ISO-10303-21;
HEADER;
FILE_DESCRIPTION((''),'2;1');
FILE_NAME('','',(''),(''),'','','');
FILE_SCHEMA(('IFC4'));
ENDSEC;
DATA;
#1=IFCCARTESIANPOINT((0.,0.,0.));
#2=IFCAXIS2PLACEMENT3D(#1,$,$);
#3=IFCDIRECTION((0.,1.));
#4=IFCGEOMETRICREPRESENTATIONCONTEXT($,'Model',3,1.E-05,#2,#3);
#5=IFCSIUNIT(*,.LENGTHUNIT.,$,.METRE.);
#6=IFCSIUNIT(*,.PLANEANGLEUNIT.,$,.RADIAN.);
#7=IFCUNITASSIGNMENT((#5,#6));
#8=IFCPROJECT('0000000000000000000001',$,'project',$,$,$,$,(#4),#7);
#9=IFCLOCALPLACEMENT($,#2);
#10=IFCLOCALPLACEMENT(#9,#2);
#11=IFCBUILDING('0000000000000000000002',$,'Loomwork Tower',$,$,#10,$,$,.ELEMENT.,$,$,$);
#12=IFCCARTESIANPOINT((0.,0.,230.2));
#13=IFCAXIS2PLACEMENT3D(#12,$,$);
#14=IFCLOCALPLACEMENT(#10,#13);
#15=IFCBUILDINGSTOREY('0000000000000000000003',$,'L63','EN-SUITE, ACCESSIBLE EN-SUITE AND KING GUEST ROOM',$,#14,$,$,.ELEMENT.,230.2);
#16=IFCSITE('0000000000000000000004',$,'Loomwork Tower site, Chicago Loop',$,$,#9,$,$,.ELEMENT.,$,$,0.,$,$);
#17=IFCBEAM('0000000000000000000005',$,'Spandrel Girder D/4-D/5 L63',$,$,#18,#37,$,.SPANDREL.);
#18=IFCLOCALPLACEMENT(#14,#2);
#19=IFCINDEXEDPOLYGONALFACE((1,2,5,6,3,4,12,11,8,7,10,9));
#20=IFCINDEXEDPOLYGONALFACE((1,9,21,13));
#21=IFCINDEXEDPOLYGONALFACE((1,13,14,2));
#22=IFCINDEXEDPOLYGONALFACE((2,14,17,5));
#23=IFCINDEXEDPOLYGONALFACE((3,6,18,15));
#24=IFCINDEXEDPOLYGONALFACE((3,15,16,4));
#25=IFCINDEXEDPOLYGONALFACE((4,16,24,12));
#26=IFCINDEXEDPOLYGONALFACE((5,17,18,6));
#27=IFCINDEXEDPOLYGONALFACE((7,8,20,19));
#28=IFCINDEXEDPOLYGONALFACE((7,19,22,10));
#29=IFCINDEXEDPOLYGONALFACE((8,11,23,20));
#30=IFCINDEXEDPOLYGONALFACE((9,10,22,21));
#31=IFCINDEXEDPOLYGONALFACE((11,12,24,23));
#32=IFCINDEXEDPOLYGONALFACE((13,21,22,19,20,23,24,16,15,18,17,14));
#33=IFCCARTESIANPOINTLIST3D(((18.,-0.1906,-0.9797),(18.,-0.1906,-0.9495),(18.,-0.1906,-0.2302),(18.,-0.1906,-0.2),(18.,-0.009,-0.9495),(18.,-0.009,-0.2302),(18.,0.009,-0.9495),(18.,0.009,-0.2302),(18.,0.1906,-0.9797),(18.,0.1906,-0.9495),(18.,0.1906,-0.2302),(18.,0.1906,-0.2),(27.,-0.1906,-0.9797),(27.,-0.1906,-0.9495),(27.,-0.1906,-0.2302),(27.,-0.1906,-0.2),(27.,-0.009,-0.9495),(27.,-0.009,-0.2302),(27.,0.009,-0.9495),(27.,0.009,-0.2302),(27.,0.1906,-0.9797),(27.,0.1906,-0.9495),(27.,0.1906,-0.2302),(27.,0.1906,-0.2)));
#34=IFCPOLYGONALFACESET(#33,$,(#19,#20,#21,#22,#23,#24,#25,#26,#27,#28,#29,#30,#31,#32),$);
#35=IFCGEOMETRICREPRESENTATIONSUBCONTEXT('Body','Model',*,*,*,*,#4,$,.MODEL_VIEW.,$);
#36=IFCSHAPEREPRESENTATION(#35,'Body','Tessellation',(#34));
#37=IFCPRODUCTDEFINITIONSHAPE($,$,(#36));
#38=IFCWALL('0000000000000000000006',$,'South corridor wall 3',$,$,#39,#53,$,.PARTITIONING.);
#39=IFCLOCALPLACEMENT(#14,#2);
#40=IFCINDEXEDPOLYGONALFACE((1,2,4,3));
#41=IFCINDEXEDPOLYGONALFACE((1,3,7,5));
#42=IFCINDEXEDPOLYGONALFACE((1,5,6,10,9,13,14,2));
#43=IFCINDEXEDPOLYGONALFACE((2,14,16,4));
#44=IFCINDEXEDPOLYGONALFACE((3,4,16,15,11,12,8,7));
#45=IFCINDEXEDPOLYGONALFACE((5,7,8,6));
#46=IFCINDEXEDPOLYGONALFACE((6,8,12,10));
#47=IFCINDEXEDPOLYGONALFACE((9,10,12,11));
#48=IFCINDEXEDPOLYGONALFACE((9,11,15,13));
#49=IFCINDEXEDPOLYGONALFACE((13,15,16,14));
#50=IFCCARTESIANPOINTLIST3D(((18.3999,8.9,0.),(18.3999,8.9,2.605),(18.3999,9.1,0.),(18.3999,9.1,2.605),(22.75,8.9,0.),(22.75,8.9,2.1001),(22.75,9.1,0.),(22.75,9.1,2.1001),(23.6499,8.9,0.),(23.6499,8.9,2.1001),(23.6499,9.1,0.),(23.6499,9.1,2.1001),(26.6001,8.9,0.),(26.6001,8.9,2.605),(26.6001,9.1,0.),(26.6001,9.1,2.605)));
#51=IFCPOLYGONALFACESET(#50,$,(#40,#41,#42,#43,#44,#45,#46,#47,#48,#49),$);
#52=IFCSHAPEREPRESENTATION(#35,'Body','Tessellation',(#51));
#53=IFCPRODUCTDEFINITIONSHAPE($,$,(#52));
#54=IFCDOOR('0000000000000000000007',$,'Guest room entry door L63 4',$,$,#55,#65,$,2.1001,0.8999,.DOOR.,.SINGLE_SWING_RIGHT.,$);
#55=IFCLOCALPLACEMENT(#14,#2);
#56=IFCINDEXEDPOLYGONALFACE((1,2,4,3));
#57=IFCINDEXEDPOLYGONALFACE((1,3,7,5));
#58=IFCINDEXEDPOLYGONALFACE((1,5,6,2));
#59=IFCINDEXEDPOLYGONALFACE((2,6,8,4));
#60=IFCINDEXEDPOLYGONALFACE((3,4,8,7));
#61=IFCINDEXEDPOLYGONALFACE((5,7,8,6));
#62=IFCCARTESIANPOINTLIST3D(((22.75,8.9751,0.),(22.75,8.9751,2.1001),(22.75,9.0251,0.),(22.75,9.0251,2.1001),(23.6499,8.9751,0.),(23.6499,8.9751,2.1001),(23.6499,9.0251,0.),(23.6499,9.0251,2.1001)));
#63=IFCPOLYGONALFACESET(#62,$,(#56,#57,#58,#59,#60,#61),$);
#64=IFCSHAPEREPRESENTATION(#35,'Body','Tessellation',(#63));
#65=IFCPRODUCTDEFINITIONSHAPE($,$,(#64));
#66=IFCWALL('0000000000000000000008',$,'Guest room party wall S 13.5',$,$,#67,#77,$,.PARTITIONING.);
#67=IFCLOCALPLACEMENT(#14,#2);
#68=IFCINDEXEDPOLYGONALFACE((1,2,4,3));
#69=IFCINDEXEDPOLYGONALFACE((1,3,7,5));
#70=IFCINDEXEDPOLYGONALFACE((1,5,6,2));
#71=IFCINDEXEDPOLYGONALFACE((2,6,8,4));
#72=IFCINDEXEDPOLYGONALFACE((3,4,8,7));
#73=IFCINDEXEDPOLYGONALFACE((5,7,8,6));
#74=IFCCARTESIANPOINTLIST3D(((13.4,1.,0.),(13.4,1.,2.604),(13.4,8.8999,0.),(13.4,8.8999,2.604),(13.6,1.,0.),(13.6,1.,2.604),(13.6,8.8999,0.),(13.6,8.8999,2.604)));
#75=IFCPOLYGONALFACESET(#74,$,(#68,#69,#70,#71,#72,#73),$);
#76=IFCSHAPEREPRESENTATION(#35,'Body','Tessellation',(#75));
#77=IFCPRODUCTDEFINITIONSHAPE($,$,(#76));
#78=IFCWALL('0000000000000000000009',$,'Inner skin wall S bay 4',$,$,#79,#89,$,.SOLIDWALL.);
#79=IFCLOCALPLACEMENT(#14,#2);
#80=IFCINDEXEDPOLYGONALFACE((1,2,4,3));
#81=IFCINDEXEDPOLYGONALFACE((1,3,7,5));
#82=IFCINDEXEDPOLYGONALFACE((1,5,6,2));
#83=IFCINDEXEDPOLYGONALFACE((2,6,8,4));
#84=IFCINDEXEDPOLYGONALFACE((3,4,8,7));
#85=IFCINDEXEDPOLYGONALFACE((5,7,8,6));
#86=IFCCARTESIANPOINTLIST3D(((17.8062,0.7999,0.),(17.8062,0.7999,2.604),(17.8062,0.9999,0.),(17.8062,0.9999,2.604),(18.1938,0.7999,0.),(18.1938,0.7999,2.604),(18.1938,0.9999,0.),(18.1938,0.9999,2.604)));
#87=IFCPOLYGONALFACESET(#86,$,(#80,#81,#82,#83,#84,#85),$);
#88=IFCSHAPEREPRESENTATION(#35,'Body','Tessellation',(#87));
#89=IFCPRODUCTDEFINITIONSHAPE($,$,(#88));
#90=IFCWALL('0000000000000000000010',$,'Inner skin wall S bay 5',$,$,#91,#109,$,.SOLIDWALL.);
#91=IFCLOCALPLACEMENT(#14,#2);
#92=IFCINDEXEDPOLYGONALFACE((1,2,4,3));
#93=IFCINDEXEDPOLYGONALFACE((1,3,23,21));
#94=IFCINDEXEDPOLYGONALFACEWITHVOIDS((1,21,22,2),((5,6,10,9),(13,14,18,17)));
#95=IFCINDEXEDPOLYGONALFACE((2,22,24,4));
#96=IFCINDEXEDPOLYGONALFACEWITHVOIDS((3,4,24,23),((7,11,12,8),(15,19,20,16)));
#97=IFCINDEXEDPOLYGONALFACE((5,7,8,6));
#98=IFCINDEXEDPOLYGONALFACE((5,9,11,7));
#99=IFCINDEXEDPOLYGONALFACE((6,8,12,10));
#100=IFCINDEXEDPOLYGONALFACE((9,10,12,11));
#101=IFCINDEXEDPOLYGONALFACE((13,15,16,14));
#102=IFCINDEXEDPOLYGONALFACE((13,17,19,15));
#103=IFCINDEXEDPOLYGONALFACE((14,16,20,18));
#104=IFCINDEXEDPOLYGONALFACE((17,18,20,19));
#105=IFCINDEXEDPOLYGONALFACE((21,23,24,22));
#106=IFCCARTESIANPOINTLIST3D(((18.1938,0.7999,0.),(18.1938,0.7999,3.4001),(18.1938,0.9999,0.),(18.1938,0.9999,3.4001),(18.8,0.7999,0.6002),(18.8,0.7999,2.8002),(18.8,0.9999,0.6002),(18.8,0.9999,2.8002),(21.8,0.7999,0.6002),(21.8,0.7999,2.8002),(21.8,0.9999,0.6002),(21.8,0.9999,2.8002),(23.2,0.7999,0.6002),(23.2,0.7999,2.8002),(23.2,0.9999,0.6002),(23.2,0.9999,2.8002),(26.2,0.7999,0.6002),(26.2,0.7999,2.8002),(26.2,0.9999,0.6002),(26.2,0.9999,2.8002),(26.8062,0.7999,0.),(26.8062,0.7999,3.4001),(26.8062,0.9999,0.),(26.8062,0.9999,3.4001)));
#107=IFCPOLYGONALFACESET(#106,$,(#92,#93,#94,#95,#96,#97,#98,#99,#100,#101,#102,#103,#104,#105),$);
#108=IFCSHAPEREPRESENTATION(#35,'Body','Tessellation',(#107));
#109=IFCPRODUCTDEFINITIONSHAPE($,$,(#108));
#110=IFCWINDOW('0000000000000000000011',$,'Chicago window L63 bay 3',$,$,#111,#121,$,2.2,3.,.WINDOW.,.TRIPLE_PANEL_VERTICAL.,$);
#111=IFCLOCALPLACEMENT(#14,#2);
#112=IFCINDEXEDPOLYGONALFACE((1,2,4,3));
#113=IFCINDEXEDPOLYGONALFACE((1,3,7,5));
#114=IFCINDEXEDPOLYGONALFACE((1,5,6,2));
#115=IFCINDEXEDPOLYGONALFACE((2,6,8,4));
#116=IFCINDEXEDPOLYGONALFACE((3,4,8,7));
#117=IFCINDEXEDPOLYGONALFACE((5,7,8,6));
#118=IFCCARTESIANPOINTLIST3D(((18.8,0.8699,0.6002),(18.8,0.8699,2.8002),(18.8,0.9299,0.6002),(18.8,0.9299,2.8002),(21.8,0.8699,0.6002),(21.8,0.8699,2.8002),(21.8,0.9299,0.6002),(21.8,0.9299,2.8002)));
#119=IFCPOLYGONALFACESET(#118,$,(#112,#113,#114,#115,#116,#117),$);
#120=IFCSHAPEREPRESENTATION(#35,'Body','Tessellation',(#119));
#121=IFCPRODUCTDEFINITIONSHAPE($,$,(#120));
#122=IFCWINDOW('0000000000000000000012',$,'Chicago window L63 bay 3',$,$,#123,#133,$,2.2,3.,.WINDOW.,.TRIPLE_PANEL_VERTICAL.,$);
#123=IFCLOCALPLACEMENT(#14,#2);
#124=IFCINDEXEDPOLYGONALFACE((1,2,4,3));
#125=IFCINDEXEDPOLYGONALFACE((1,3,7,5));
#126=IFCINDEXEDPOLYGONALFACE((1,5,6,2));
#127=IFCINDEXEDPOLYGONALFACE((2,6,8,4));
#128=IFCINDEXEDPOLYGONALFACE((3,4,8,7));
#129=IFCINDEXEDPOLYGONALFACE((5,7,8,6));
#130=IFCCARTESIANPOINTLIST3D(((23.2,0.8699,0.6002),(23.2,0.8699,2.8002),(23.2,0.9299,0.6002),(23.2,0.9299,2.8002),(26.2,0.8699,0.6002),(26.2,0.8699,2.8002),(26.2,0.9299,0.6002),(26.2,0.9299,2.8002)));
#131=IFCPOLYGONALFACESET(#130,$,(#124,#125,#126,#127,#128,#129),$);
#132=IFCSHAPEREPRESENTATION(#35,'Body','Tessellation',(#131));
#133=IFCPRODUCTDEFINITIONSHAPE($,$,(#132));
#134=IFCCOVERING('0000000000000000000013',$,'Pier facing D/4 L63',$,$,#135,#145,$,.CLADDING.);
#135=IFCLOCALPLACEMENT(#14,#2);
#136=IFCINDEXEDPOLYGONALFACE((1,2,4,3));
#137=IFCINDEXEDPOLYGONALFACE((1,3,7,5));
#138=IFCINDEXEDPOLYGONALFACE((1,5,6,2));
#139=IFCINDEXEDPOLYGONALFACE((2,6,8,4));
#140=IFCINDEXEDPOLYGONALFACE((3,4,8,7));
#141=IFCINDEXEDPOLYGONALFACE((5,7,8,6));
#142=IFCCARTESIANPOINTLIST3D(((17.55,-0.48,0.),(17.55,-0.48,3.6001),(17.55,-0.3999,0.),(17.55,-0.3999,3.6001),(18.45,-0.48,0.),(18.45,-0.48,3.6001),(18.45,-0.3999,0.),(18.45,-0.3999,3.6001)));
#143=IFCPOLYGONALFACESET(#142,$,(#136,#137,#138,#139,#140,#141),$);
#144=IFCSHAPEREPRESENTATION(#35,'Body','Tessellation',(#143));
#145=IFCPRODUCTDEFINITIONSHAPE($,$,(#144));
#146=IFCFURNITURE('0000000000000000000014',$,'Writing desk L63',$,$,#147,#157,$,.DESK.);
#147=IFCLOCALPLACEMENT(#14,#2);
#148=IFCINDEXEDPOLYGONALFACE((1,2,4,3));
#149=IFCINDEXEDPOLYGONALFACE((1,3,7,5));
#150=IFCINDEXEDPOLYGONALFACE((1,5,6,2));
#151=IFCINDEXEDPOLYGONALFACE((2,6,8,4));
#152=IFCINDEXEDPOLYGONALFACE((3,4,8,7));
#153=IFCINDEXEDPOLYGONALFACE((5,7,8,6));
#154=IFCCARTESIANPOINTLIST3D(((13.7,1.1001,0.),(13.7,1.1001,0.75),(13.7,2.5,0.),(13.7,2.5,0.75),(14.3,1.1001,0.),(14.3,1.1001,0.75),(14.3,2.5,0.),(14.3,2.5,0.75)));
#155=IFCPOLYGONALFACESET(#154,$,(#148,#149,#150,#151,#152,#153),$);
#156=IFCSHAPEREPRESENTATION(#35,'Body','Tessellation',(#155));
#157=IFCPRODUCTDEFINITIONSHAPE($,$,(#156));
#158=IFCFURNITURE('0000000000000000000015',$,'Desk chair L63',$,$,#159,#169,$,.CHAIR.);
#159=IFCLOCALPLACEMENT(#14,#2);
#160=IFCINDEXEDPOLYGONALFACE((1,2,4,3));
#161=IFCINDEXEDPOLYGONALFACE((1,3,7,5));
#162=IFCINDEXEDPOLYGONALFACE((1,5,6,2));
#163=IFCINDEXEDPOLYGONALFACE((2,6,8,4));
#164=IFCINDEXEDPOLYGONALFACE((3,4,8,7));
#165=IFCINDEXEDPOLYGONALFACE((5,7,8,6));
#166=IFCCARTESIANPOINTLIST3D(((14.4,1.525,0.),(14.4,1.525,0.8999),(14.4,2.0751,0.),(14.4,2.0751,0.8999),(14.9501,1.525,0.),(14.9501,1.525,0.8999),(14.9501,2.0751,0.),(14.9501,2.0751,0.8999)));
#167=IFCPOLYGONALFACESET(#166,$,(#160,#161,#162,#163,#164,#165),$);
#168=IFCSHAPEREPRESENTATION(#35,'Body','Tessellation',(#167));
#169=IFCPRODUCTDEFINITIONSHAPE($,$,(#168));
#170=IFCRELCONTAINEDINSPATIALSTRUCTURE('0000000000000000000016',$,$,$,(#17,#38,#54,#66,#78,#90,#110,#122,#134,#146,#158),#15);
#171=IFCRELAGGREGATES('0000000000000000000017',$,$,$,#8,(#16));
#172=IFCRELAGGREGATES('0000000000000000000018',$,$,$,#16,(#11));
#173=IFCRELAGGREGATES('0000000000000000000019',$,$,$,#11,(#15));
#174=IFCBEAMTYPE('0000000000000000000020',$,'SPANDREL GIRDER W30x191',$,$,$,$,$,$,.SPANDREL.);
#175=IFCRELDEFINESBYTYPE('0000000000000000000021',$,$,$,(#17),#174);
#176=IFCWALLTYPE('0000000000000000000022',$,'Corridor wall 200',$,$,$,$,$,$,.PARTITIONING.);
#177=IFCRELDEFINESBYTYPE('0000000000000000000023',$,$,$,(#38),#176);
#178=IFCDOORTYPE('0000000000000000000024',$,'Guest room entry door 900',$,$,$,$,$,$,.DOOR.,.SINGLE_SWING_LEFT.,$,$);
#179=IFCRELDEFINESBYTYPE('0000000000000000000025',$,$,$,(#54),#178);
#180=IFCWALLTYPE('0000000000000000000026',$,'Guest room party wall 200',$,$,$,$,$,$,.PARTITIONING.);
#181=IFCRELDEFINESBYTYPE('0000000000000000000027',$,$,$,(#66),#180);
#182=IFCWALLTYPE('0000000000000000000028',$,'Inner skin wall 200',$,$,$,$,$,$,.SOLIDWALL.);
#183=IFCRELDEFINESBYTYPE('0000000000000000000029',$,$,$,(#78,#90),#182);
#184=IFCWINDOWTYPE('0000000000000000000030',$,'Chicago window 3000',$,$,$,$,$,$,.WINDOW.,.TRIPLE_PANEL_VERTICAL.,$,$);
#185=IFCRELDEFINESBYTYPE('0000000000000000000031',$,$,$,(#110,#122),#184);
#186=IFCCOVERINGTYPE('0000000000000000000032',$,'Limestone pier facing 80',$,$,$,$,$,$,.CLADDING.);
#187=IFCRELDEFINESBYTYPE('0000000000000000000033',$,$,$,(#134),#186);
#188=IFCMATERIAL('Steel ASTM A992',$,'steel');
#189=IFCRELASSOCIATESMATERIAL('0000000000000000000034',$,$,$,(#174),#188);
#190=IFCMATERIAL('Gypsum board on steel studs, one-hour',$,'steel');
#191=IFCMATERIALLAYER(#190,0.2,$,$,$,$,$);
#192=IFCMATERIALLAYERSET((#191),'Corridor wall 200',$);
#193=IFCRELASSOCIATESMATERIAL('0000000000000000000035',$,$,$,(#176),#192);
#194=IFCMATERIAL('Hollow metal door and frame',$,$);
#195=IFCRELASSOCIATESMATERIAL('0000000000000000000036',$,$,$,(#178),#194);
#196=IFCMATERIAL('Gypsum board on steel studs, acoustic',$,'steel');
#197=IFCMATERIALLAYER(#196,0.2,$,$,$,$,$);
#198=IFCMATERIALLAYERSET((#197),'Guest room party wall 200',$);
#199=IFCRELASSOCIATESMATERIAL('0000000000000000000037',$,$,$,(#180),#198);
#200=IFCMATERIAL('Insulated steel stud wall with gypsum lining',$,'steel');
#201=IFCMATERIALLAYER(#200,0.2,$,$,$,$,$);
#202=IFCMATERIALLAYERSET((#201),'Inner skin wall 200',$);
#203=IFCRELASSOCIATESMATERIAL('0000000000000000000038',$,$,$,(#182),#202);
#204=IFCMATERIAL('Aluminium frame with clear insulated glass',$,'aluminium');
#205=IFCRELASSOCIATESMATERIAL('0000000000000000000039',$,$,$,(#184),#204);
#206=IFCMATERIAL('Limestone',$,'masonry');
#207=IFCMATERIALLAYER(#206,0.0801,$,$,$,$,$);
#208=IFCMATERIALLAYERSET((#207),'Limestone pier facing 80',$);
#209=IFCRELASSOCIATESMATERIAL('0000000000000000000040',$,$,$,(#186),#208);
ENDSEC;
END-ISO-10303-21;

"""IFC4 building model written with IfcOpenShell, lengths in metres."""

from ifc_helpers import new_model, si_unit, direction, frame, frame_2d, origin, origin_2d, place, context, subcontext, project, spatial, rectangle, i_section, extrude, material, layer, layer_set, material_profile, profile_set, type_object, element, fill, save


model = new_model("IFC4")

# Units and contexts
model_context = context("Model", 3, precision=1e-05, world=origin(), true_north=direction((0.0, 1.0)))
body_context = subcontext(model_context, "Body", "Model", "MODEL_VIEW")
ifc_project = project(units=[si_unit("LENGTHUNIT", "METRE"), si_unit("PLANEANGLEUNIT", "RADIAN")], contexts=[model_context])

# Site, building, storey
site_placement = place(None, origin())
site = spatial("IfcSite", under=ifc_project, at=site_placement, Name="Loomwork Tower site, Chicago Loop", CompositionType="ELEMENT", RefElevation=0.0)
building_placement = place(site_placement, origin())
building = spatial("IfcBuilding", under=site, at=building_placement, Name="Loomwork Tower", CompositionType="ELEMENT")
storey_placement = place(building_placement, frame((0.0, 0.0, 230.2)))
storey = spatial("IfcBuildingStorey", under=building, at=storey_placement, Name="L63", Description="EN-SUITE, ACCESSIBLE EN-SUITE AND KING GUEST ROOM", CompositionType="ELEMENT", Elevation=230.2)

# Beam
ifc_material_1 = material(Name="Steel ASTM A992", Category="steel")
ifc_material_profile_1 = material_profile(ifc_material_1, i_section(OverallWidth=0.3811, OverallDepth=0.7798, WebThickness=0.0181, FlangeThickness=0.0303, at=origin_2d()), Name="W30x191")
ifc_profile_set_1 = profile_set([ifc_material_profile_1], Name="Steel ASTM A992")
beam_type_1 = type_object("IfcBeamType", Name="SPANDREL GIRDER W30x191", PredefinedType="SPANDREL", material=ifc_profile_set_1)
beam_1_placement = place(storey_placement, frame((18.0, 0.0, -0.5898), z_axis=(1.0, 0.0, 0.0), x_axis=(0.0, 1.0, 0.0)))
element("IfcBeam", 1, at=beam_1_placement, inside=storey, type_object=beam_type_1, Name="Spandrel Girder D/4-D/5 L63", PredefinedType="SPANDREL", context=body_context, shape_type="SweptSolid", body=[
    extrude(i_section(OverallWidth=0.3811, OverallDepth=0.7798, WebThickness=0.0181, FlangeThickness=0.0303, at=origin_2d()), origin(), (0.0, 0.0, 1.0), 9.0),
])

# Wall, opening, door
ifc_material_2 = material(Name="Gypsum board on steel studs, one-hour", Category="steel")
ifc_layer_1 = layer(ifc_material_2, 0.2)
ifc_layer_set_1 = layer_set([ifc_layer_1], Name="Corridor wall 200")
wall_type_1 = type_object("IfcWallType", Name="Corridor wall 200", PredefinedType="PARTITIONING", material=ifc_layer_set_1)
wall_1_placement = place(storey_placement, frame((18.3999, 9.0, 0.0), z_axis=(0.0, 0.0, 1.0), x_axis=(1.0, 0.0, 0.0)))
wall_1 = element("IfcWall", 2, at=wall_1_placement, inside=storey, type_object=wall_type_1, Name="South corridor wall 3", PredefinedType="PARTITIONING", context=body_context, shape_type="SweptSolid", body=[
    extrude(rectangle(XDim=8.2002, YDim=0.2, at=frame_2d((4.1001, 0.0))), origin(), (0.0, 0.0, 1.0), 2.605),
])
opening_1_placement = place(wall_1_placement, frame((4.3501, 0.0, 0.0)))
opening_1 = element("IfcOpeningElement", 3, at=opening_1_placement, cuts=wall_1, PredefinedType="OPENING", context=body_context, shape_type="SweptSolid", body=[
    extrude(rectangle(XDim=0.8999, YDim=2.1001, at=frame_2d((0.45, 1.05))), frame((0.0, 0.1099, 0.0), z_axis=(0.0, -1.0, 0.0), x_axis=(1.0, 0.0, 0.0)), (0.0, 0.0, 1.0), 0.22),
])
ifc_material_3 = material(Name="Hollow metal door and frame")
door_type = type_object("IfcDoorType", Name="Guest room entry door 900", OperationType="SINGLE_SWING_LEFT", PredefinedType="DOOR", material=ifc_material_3)
door_placement = place(opening_1_placement, frame((0.8999, 0.0, 0.0), z_axis=(0.0, 0.0, 1.0), x_axis=(-1.0, 0.0, 0.0)))
door = element("IfcDoor", 4, at=door_placement, inside=storey, type_object=door_type, Name="Guest room entry door L63 4", OperationType="SINGLE_SWING_RIGHT", OverallHeight=2.1001, OverallWidth=0.8999, PredefinedType="DOOR", context=body_context, shape_type="SweptSolid", body=[
    extrude(rectangle(XDim=0.8999, YDim=2.1001, at=frame_2d((0.45, 1.05))), frame((0.0, 0.0249, 0.0), z_axis=(0.0, -1.0, 0.0), x_axis=(1.0, 0.0, 0.0)), (0.0, 0.0, 1.0), 0.05),
])
fill(opening_1, door)

# Walls
ifc_material_4 = material(Name="Gypsum board on steel studs, acoustic", Category="steel")
ifc_layer_2 = layer(ifc_material_4, 0.2)
ifc_layer_set_2 = layer_set([ifc_layer_2], Name="Guest room party wall 200")
wall_type_2 = type_object("IfcWallType", Name="Guest room party wall 200", PredefinedType="PARTITIONING", material=ifc_layer_set_2)
wall_2_placement = place(storey_placement, frame((13.5, 8.8999, 0.0), z_axis=(0.0, 0.0, 1.0), x_axis=(0.0, -1.0, 0.0)))
element("IfcWall", 5, at=wall_2_placement, inside=storey, type_object=wall_type_2, Name="Guest room party wall S 13.5", PredefinedType="PARTITIONING", context=body_context, shape_type="SweptSolid", body=[
    extrude(rectangle(XDim=7.8999, YDim=0.2, at=frame_2d((3.95, 0.0))), origin(), (0.0, 0.0, 1.0), 2.604),
])
ifc_material_5 = material(Name="Insulated steel stud wall with gypsum lining", Category="steel")
ifc_layer_3 = layer(ifc_material_5, 0.2)
ifc_layer_set_3 = layer_set([ifc_layer_3], Name="Inner skin wall 200")
wall_type_3 = type_object("IfcWallType", Name="Inner skin wall 200", PredefinedType="SOLIDWALL", material=ifc_layer_set_3)
wall_3_placement = place(storey_placement, frame((17.8062, 0.8999, 0.0), z_axis=(0.0, 0.0, 1.0), x_axis=(1.0, 0.0, 0.0)))
element("IfcWall", 6, at=wall_3_placement, inside=storey, type_object=wall_type_3, Name="Inner skin wall S bay 4", PredefinedType="SOLIDWALL", context=body_context, shape_type="SweptSolid", body=[
    extrude(rectangle(XDim=0.3877, YDim=0.2, at=frame_2d((0.1938, 0.0))), origin(), (0.0, 0.0, 1.0), 2.604),
])

# Wall, openings, windows
wall_4_placement = place(storey_placement, frame((18.1938, 0.8999, 0.0), z_axis=(0.0, 0.0, 1.0), x_axis=(1.0, 0.0, 0.0)))
wall_4 = element("IfcWall", 7, at=wall_4_placement, inside=storey, type_object=wall_type_3, Name="Inner skin wall S bay 5", PredefinedType="SOLIDWALL", context=body_context, shape_type="SweptSolid", body=[
    extrude(rectangle(XDim=8.6123, YDim=0.2, at=frame_2d((4.3062, 0.0))), origin(), (0.0, 0.0, 1.0), 3.4001),
])
opening_2_placement = place(wall_4_placement, frame((0.6062, 0.0, 0.6001)))
opening_2 = element("IfcOpeningElement", 8, at=opening_2_placement, cuts=wall_4, PredefinedType="OPENING", context=body_context, shape_type="SweptSolid", body=[
    extrude(rectangle(XDim=3.0, YDim=2.2, at=frame_2d((1.5, 1.1001))), frame((0.0, 0.1099, 0.0), z_axis=(0.0, -1.0, 0.0), x_axis=(1.0, 0.0, 0.0)), (0.0, 0.0, 1.0), 0.22),
])
opening_3_placement = place(wall_4_placement, frame((5.0061, 0.0, 0.6001)))
opening_3 = element("IfcOpeningElement", 9, at=opening_3_placement, cuts=wall_4, PredefinedType="OPENING", context=body_context, shape_type="SweptSolid", body=[
    extrude(rectangle(XDim=3.0, YDim=2.2, at=frame_2d((1.5, 1.1001))), frame((0.0, 0.1099, 0.0), z_axis=(0.0, -1.0, 0.0), x_axis=(1.0, 0.0, 0.0)), (0.0, 0.0, 1.0), 0.22),
])
ifc_material_6 = material(Name="Aluminium frame with clear insulated glass", Category="aluminium")
window_type = type_object("IfcWindowType", Name="Chicago window 3000", PartitioningType="TRIPLE_PANEL_VERTICAL", PredefinedType="WINDOW", material=ifc_material_6)
window_1_placement = place(opening_2_placement, origin())
window_1 = element("IfcWindow", 10, at=window_1_placement, inside=storey, type_object=window_type, Name="Chicago window L63 bay 3", OverallHeight=2.2, OverallWidth=3.0, PartitioningType="TRIPLE_PANEL_VERTICAL", PredefinedType="WINDOW", context=body_context, shape_type="SweptSolid", body=[
    extrude(rectangle(XDim=3.0, YDim=2.2, at=frame_2d((1.5, 1.1001))), frame((0.0, 0.03, 0.0), z_axis=(0.0, -1.0, 0.0), x_axis=(1.0, 0.0, 0.0)), (0.0, 0.0, 1.0), 0.0601),
])
fill(opening_2, window_1)
window_2_placement = place(opening_3_placement, origin())
window_2 = element("IfcWindow", 11, at=window_2_placement, inside=storey, type_object=window_type, Name="Chicago window L63 bay 3", OverallHeight=2.2, OverallWidth=3.0, PartitioningType="TRIPLE_PANEL_VERTICAL", PredefinedType="WINDOW", context=body_context, shape_type="SweptSolid", body=[
    extrude(rectangle(XDim=3.0, YDim=2.2, at=frame_2d((1.5, 1.1001))), frame((0.0, 0.03, 0.0), z_axis=(0.0, -1.0, 0.0), x_axis=(1.0, 0.0, 0.0)), (0.0, 0.0, 1.0), 0.0601),
])
fill(opening_3, window_2)

# Covering
ifc_material_7 = material(Name="Limestone", Category="masonry")
ifc_layer_4 = layer(ifc_material_7, 0.0801)
ifc_layer_set_4 = layer_set([ifc_layer_4], Name="Limestone pier facing 80")
covering_type = type_object("IfcCoveringType", Name="Limestone pier facing 80", PredefinedType="CLADDING", material=ifc_layer_set_4)
covering_placement = place(storey_placement, frame((18.0, -0.4399, 0.0), z_axis=(0.0, 0.0, 1.0), x_axis=(1.0, 0.0, 0.0)))
element("IfcCovering", 12, at=covering_placement, inside=storey, type_object=covering_type, Name="Pier facing D/4 L63", PredefinedType="CLADDING", context=body_context, shape_type="SweptSolid", body=[
    extrude(rectangle(XDim=0.8999, YDim=0.0801, at=origin_2d()), origin(), (0.0, 0.0, 1.0), 3.6001),
])

# Furniture
furniture_1_placement = place(storey_placement, frame((14.0, 1.8, 0.0), z_axis=(0.0, 0.0, 1.0), x_axis=(1.0, 0.0, 0.0)))
element("IfcFurniture", 13, at=furniture_1_placement, inside=storey, Name="Writing desk L63", PredefinedType="DESK", context=body_context, shape_type="SweptSolid", body=[
    extrude(rectangle(XDim=0.6001, YDim=1.3999, at=origin_2d()), origin(), (0.0, 0.0, 1.0), 0.75),
])
furniture_2_placement = place(storey_placement, frame((14.675, 1.8, 0.0), z_axis=(0.0, 0.0, 1.0), x_axis=(1.0, 0.0, 0.0)))
element("IfcFurniture", 14, at=furniture_2_placement, inside=storey, Name="Desk chair L63", PredefinedType="CHAIR", context=body_context, shape_type="SweptSolid", body=[
    extrude(rectangle(XDim=0.55, YDim=0.55, at=origin_2d()), origin(), (0.0, 0.0, 1.0), 0.8999),
])

save(model, "model.ifc")
